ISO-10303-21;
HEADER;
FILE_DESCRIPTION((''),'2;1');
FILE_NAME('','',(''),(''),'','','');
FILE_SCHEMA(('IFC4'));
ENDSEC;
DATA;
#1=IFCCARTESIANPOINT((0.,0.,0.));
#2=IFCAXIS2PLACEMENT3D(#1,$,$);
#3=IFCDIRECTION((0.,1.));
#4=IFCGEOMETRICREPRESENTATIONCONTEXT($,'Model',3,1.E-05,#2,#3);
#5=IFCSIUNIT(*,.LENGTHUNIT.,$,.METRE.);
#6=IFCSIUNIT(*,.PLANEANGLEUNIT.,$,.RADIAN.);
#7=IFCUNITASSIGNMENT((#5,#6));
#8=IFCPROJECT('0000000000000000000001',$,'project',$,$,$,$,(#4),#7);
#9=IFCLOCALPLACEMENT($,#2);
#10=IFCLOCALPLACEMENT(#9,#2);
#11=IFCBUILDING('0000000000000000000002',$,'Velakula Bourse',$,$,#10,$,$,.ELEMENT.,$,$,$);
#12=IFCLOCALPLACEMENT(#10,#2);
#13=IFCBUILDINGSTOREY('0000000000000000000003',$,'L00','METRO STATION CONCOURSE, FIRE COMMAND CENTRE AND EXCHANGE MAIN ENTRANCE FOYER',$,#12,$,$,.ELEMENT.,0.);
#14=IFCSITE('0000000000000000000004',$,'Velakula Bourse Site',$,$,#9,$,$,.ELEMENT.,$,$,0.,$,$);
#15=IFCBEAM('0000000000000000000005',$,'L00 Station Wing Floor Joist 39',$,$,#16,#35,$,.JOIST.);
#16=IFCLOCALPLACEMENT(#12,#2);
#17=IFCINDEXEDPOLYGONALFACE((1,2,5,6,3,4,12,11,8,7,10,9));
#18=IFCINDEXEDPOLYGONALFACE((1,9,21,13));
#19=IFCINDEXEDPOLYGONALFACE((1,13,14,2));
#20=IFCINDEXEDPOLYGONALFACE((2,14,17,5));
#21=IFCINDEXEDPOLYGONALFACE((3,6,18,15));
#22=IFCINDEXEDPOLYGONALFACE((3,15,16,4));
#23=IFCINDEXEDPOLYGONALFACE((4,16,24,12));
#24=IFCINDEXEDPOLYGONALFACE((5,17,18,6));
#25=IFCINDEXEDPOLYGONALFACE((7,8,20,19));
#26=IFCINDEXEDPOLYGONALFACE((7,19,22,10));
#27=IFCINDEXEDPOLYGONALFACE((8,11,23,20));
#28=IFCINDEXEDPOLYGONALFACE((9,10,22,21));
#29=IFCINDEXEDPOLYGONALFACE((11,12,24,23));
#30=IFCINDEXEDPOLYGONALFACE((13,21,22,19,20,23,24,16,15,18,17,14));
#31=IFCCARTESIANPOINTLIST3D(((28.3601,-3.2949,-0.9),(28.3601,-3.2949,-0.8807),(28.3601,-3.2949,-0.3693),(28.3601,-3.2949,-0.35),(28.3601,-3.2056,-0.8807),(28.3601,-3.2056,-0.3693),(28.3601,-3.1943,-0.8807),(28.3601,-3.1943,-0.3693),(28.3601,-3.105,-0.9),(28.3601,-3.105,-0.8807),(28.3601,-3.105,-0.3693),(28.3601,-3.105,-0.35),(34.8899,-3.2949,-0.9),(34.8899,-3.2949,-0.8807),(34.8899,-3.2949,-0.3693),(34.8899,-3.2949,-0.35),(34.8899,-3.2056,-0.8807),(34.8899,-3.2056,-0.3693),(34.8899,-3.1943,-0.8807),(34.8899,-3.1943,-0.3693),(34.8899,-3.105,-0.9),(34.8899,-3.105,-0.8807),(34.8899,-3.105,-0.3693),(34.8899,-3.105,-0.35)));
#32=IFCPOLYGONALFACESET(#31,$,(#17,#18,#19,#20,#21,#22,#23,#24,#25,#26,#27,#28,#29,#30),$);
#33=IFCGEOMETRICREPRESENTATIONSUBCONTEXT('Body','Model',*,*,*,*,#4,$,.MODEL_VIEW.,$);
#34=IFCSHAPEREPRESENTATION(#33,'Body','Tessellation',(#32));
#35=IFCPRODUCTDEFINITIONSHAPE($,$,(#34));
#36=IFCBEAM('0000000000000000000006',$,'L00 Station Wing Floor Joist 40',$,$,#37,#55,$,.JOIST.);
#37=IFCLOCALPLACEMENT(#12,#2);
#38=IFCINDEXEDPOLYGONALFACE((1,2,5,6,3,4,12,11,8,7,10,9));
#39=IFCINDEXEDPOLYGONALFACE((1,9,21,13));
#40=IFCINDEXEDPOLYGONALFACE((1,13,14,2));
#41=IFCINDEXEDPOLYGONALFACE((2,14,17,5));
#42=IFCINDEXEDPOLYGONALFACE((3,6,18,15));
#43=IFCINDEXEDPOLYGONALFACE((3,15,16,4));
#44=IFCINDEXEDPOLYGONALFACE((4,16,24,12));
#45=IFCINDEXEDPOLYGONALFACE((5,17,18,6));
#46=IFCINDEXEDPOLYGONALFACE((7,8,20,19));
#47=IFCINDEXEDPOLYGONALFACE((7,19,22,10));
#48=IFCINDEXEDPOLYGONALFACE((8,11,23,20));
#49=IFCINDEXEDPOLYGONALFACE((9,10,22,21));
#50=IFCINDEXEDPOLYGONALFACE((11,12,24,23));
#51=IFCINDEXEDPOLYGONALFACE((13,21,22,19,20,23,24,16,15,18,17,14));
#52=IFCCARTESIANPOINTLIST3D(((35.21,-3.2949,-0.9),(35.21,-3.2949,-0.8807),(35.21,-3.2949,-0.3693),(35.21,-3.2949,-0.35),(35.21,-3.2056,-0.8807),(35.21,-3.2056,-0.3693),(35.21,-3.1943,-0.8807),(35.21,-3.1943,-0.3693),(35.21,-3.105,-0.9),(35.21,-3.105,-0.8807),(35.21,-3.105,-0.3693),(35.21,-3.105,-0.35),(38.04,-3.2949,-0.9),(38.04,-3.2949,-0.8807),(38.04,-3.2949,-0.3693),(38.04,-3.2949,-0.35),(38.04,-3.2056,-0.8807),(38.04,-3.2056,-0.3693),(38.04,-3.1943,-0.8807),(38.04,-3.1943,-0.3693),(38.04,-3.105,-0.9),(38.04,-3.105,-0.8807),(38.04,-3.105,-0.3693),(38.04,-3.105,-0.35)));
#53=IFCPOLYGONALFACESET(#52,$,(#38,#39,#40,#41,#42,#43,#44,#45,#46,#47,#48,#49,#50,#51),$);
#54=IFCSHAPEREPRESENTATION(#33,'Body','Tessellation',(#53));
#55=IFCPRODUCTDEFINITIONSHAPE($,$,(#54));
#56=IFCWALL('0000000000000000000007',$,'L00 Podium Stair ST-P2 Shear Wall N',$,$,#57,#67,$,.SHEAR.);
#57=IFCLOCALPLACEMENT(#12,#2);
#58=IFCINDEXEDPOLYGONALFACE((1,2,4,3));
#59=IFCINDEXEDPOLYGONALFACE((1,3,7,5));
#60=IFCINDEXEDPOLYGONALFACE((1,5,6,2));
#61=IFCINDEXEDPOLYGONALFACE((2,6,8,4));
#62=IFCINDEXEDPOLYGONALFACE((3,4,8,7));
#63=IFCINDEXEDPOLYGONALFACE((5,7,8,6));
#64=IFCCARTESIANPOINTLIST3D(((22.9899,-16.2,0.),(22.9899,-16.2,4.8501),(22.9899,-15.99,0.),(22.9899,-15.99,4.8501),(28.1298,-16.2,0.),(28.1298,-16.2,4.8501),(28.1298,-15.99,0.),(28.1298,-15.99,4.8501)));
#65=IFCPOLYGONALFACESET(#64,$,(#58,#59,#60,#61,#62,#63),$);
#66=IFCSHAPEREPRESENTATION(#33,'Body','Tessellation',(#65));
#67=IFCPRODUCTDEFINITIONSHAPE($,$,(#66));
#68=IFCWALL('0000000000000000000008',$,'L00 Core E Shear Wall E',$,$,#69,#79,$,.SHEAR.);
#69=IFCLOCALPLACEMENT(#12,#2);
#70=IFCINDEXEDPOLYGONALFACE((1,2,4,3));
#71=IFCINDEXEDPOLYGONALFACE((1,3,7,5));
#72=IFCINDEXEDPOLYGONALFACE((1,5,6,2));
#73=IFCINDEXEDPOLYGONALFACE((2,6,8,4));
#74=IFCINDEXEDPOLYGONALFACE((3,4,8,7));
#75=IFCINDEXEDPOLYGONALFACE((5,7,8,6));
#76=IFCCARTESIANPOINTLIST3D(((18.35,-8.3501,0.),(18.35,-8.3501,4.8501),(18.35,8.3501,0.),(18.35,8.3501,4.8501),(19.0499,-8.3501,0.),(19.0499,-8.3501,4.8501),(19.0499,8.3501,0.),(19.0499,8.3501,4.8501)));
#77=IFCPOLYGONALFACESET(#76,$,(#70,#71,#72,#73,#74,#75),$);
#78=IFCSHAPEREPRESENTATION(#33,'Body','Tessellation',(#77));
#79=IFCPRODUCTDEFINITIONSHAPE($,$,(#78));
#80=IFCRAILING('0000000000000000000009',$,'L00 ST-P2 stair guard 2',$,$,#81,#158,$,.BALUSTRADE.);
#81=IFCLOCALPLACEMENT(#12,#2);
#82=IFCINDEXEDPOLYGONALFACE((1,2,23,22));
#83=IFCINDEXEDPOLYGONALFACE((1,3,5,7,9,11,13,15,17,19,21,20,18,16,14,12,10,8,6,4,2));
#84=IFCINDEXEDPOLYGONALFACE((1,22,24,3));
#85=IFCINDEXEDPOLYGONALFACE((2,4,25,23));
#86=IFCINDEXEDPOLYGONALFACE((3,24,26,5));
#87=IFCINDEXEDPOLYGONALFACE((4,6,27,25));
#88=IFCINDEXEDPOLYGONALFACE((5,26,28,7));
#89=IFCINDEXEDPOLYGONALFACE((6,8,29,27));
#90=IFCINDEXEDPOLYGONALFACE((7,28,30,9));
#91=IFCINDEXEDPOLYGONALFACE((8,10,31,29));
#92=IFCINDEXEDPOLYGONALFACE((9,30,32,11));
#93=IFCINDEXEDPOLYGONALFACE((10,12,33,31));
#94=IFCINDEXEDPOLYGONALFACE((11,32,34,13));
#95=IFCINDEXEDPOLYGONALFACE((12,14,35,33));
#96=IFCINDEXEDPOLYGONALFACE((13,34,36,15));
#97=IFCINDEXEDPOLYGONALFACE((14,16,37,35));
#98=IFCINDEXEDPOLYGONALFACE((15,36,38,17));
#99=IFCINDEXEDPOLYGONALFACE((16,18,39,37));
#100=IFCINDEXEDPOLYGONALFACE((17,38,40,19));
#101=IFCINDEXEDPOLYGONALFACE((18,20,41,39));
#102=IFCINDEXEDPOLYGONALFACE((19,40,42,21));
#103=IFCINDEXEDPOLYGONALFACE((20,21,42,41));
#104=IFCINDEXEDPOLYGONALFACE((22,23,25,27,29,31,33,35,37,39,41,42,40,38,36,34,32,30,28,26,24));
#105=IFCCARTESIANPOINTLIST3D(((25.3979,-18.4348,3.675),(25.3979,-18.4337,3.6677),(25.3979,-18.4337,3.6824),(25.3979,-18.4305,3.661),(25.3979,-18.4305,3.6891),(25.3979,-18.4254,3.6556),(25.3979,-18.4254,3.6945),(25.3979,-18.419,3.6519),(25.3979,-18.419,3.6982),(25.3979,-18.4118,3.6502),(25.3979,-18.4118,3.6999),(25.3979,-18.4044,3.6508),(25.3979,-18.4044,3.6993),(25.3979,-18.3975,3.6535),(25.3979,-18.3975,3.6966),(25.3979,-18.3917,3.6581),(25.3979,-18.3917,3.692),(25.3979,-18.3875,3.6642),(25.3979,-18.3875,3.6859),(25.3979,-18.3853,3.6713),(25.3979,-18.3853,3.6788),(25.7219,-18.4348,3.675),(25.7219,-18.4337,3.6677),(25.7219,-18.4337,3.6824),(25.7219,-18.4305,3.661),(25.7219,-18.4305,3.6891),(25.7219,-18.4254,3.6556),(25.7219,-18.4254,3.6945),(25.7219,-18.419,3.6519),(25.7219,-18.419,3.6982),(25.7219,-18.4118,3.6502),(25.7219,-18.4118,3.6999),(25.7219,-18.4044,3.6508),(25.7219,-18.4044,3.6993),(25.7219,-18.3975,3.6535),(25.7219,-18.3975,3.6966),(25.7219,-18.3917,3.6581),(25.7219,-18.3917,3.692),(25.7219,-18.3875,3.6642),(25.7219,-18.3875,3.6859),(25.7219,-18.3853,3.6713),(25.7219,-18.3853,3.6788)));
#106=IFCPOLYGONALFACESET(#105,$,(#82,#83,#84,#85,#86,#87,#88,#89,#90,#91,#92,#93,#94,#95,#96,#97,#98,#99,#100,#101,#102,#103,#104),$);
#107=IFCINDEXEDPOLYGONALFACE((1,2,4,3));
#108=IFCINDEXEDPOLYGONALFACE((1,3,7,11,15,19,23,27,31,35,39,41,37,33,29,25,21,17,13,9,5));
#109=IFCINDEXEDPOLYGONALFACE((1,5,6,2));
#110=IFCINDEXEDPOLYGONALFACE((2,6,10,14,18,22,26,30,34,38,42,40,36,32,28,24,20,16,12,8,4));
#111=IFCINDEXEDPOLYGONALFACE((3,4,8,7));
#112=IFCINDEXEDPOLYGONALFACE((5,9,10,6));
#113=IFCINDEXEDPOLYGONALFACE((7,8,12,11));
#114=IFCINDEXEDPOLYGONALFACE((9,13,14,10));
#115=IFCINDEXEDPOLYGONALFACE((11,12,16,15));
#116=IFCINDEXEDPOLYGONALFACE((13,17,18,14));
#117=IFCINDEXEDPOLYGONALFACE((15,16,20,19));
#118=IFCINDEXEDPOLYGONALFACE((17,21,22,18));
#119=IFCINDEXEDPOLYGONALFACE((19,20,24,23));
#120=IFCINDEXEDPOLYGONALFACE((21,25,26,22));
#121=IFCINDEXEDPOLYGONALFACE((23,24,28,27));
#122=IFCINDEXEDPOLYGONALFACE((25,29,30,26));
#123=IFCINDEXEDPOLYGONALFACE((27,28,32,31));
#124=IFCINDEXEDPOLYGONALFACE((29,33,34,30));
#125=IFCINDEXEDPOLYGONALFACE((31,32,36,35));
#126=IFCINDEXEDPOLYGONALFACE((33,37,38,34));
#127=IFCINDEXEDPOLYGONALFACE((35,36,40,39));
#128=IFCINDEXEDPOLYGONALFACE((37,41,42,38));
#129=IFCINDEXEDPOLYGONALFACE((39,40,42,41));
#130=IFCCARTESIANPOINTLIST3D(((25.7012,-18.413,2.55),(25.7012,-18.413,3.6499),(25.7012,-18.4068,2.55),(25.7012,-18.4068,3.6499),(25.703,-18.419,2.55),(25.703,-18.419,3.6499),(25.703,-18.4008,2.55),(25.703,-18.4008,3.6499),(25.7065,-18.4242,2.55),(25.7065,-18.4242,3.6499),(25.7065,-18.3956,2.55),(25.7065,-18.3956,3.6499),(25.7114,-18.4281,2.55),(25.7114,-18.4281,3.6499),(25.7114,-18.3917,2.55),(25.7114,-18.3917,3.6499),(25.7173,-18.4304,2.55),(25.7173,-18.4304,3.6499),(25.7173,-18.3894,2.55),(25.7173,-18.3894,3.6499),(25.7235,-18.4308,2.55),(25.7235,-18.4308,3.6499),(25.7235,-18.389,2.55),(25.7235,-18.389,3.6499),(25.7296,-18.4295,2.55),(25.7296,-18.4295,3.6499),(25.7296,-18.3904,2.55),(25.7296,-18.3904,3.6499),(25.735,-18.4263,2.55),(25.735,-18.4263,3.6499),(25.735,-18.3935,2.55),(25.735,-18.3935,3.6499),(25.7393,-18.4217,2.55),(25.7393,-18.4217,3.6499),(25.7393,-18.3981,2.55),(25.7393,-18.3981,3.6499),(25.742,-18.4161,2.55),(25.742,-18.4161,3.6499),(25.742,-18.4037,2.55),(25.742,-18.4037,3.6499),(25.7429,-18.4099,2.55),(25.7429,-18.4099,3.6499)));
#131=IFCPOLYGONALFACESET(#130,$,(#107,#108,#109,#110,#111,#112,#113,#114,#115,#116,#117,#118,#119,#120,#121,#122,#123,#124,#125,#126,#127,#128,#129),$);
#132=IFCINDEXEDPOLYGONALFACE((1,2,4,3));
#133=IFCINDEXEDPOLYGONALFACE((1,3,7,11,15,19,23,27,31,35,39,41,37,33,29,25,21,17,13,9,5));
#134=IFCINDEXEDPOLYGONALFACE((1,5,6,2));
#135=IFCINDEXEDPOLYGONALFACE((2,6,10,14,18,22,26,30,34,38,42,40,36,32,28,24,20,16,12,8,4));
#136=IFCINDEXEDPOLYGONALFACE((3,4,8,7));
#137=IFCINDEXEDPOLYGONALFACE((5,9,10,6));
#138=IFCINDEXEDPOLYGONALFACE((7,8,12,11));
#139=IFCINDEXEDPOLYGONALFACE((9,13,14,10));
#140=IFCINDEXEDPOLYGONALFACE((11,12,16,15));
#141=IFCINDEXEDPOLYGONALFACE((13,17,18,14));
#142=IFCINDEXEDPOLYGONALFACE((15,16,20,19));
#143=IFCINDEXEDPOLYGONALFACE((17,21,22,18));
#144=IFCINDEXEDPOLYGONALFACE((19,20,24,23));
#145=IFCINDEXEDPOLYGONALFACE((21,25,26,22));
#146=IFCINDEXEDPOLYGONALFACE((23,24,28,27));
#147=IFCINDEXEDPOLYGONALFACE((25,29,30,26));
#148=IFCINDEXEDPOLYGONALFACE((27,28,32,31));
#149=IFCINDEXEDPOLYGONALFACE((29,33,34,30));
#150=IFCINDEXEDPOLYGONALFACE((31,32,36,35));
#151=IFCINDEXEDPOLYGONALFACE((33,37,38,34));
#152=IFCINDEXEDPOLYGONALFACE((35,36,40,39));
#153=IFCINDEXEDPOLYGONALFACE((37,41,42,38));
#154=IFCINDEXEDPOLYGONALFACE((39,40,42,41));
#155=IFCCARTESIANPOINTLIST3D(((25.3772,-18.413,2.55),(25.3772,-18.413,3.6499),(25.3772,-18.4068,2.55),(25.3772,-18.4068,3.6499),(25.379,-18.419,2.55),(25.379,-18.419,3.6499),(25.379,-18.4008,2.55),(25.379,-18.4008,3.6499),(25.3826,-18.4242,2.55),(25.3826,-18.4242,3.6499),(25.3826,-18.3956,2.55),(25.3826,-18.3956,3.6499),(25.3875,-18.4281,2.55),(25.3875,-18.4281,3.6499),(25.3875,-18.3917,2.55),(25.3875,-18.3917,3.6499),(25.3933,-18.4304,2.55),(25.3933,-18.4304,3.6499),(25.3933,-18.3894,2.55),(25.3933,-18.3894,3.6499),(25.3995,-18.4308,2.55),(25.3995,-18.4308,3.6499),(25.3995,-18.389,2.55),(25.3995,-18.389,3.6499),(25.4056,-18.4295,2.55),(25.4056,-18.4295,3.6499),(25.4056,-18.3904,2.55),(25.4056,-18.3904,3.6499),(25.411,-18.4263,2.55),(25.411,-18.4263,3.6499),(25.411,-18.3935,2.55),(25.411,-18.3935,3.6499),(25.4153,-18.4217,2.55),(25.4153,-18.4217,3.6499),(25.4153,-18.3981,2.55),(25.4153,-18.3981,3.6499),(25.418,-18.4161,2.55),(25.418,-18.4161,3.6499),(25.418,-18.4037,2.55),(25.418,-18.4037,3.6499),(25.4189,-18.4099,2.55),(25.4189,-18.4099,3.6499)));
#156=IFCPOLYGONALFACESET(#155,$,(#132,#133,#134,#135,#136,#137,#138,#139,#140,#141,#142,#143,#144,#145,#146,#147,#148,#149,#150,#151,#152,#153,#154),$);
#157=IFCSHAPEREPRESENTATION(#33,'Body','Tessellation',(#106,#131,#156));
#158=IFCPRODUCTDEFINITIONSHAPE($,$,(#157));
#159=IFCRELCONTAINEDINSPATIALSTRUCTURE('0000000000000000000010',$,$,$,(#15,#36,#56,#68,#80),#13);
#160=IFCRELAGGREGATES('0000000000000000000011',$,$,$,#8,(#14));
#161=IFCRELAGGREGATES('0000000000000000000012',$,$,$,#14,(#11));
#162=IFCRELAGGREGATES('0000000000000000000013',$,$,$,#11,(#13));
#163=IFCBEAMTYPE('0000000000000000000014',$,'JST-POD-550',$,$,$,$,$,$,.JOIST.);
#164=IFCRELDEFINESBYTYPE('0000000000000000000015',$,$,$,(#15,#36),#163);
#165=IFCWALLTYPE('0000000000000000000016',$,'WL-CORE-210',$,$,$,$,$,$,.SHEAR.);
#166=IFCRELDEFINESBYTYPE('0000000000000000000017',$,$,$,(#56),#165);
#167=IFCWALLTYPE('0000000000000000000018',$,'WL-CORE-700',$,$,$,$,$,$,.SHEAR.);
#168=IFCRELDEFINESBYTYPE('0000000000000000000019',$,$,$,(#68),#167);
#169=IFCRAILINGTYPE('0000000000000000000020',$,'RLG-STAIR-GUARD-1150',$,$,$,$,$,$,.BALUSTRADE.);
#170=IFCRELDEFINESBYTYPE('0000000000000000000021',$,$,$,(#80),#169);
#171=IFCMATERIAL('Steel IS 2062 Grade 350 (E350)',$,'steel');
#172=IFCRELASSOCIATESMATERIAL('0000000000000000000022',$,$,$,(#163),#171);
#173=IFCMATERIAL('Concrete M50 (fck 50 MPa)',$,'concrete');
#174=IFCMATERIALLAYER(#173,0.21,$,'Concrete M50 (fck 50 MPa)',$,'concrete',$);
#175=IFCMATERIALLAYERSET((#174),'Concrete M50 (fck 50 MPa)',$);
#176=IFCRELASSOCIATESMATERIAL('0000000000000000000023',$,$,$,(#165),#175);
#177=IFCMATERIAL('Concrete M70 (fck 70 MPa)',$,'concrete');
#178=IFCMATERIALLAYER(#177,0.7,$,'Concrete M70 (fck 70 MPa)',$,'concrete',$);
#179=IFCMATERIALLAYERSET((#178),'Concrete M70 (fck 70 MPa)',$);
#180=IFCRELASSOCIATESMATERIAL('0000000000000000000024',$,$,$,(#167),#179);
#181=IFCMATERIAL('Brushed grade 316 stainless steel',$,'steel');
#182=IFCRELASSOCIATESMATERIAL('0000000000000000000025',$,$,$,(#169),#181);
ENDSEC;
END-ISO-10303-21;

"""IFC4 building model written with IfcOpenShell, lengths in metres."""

from ifc_helpers import new_model, si_unit, direction, frame, frame_2d, origin, origin_2d, place, context, subcontext, project, spatial, rectangle, circle, i_section, extrude, material, layer, layer_set, material_profile, profile_set, type_object, element, save


model = new_model("IFC4")

# Units and contexts
model_context = context("Model", 3, precision=1e-05, world=origin(), true_north=direction((0.0, 1.0)))
body_context = subcontext(model_context, "Body", "Model", "MODEL_VIEW")
ifc_project = project(units=[si_unit("LENGTHUNIT", "METRE"), si_unit("PLANEANGLEUNIT", "RADIAN")], contexts=[model_context])

# Site, building, storey
site_placement = place(None, origin())
site = spatial("IfcSite", under=ifc_project, at=site_placement, Name="Velakula Bourse Site", CompositionType="ELEMENT", RefElevation=0.0)
building_placement = place(site_placement, origin())
building = spatial("IfcBuilding", under=site, at=building_placement, Name="Velakula Bourse", CompositionType="ELEMENT")
storey_placement = place(building_placement, origin())
storey = spatial("IfcBuildingStorey", under=building, at=storey_placement, Name="L00", Description="METRO STATION CONCOURSE, FIRE COMMAND CENTRE AND EXCHANGE MAIN ENTRANCE FOYER", CompositionType="ELEMENT", Elevation=0.0)

# Shared definitions
ifc_material_1 = material(Name="Concrete M70 (fck 70 MPa)", Category="concrete")

# Beams
ifc_material_2 = material(Name="Steel IS 2062 Grade 350 (E350)", Category="steel")
ifc_material_profile_1 = material_profile(ifc_material_2, i_section(OverallWidth=0.1899, OverallDepth=0.55, WebThickness=0.0112, FlangeThickness=0.0193, at=origin_2d()), Name="Steel IS 2062 Grade 350 (E350)")
ifc_profile_set_1 = profile_set([ifc_material_profile_1], Name="Steel IS 2062 Grade 350 (E350)")
beam_type_1 = type_object("IfcBeamType", Name="JST-POD-550", PredefinedType="JOIST", material=ifc_profile_set_1)
beam_1_placement = place(storey_placement, frame((28.3601, -3.2, -0.625), z_axis=(1.0, 0.0, 0.0), x_axis=(0.0, 1.0, 0.0)))
element("IfcBeam", 1, at=beam_1_placement, inside=storey, type_object=beam_type_1, Name="L00 Station Wing Floor Joist 39", PredefinedType="JOIST", context=body_context, shape_type="SweptSolid", body=[
    extrude(i_section(OverallWidth=0.1899, OverallDepth=0.55, WebThickness=0.0112, FlangeThickness=0.0193, at=origin_2d()), origin(), (0.0, 0.0, 1.0), 6.5298),
])
beam_2_placement = place(storey_placement, frame((35.21, -3.2, -0.625), z_axis=(1.0, 0.0, 0.0), x_axis=(0.0, 1.0, 0.0)))
element("IfcBeam", 2, at=beam_2_placement, inside=storey, type_object=beam_type_1, Name="L00 Station Wing Floor Joist 40", PredefinedType="JOIST", context=body_context, shape_type="SweptSolid", body=[
    extrude(i_section(OverallWidth=0.1899, OverallDepth=0.55, WebThickness=0.0112, FlangeThickness=0.0193, at=origin_2d()), origin(), (0.0, 0.0, 1.0), 2.8301),
])

# Walls
ifc_material_3 = material(Name="Concrete M50 (fck 50 MPa)", Category="concrete")
ifc_layer_1 = layer(ifc_material_3, 0.21, Name="Concrete M50 (fck 50 MPa)", Category="concrete")
ifc_layer_set_1 = layer_set([ifc_layer_1], Name="Concrete M50 (fck 50 MPa)")
wall_type_1 = type_object("IfcWallType", Name="WL-CORE-210", PredefinedType="SHEAR", material=ifc_layer_set_1)
wall_1_placement = place(storey_placement, frame((22.99, -16.095, 0.0), z_axis=(0.0, 0.0, 1.0), x_axis=(1.0, 0.0, 0.0)))
element("IfcWall", 3, at=wall_1_placement, inside=storey, type_object=wall_type_1, Name="L00 Podium Stair ST-P2 Shear Wall N", PredefinedType="SHEAR", context=body_context, shape_type="SweptSolid", body=[
    extrude(rectangle(XDim=5.1399, YDim=0.21, at=frame_2d((2.5698, 0.0))), origin(), (0.0, 0.0, 1.0), 4.8501),
])
ifc_layer_2 = layer(ifc_material_1, 0.7, Name="Concrete M70 (fck 70 MPa)", Category="concrete")
ifc_layer_set_2 = layer_set([ifc_layer_2], Name="Concrete M70 (fck 70 MPa)")
wall_type_2 = type_object("IfcWallType", Name="WL-CORE-700", PredefinedType="SHEAR", material=ifc_layer_set_2)
wall_2_placement = place(storey_placement, frame((18.7, -8.3501, 0.0), z_axis=(0.0, 0.0, 1.0), x_axis=(0.0, 1.0, 0.0)))
element("IfcWall", 4, at=wall_2_placement, inside=storey, type_object=wall_type_2, Name="L00 Core E Shear Wall E", PredefinedType="SHEAR", context=body_context, shape_type="SweptSolid", body=[
    extrude(rectangle(XDim=16.7002, YDim=0.7, at=frame_2d((8.3501, 0.0))), origin(), (0.0, 0.0, 1.0), 4.8501),
])

# Railing
ifc_material_4 = material(Name="Brushed grade 316 stainless steel", Category="steel")
railing_type = type_object("IfcRailingType", Name="RLG-STAIR-GUARD-1150", PredefinedType="BALUSTRADE", material=ifc_material_4)
railing_1_placement = place(storey_placement, frame((25.7219, -18.4099, 2.55)))
element("IfcRailing", 5, at=railing_1_placement, inside=storey, type_object=railing_type, Name="L00 ST-P2 stair guard 2", PredefinedType="BALUSTRADE", context=body_context, shape_type="SweptSolid", body=[
    extrude(circle(Radius=0.0249, at=origin_2d()), frame((0.0, 0.0, 1.125), z_axis=(-1.0, 0.0, 0.0), x_axis=(0.0, -1.0, 0.0)), (0.0, 0.0, 1.0), 0.324),
    extrude(circle(Radius=0.021, at=origin_2d()), origin(), (0.0, 0.0, 1.0), 1.0999),
    extrude(circle(Radius=0.021, at=origin_2d()), frame((-0.324, 0.0, 0.0)), (0.0, 0.0, 1.0), 1.0999),
])

save(model, "model.ifc")
